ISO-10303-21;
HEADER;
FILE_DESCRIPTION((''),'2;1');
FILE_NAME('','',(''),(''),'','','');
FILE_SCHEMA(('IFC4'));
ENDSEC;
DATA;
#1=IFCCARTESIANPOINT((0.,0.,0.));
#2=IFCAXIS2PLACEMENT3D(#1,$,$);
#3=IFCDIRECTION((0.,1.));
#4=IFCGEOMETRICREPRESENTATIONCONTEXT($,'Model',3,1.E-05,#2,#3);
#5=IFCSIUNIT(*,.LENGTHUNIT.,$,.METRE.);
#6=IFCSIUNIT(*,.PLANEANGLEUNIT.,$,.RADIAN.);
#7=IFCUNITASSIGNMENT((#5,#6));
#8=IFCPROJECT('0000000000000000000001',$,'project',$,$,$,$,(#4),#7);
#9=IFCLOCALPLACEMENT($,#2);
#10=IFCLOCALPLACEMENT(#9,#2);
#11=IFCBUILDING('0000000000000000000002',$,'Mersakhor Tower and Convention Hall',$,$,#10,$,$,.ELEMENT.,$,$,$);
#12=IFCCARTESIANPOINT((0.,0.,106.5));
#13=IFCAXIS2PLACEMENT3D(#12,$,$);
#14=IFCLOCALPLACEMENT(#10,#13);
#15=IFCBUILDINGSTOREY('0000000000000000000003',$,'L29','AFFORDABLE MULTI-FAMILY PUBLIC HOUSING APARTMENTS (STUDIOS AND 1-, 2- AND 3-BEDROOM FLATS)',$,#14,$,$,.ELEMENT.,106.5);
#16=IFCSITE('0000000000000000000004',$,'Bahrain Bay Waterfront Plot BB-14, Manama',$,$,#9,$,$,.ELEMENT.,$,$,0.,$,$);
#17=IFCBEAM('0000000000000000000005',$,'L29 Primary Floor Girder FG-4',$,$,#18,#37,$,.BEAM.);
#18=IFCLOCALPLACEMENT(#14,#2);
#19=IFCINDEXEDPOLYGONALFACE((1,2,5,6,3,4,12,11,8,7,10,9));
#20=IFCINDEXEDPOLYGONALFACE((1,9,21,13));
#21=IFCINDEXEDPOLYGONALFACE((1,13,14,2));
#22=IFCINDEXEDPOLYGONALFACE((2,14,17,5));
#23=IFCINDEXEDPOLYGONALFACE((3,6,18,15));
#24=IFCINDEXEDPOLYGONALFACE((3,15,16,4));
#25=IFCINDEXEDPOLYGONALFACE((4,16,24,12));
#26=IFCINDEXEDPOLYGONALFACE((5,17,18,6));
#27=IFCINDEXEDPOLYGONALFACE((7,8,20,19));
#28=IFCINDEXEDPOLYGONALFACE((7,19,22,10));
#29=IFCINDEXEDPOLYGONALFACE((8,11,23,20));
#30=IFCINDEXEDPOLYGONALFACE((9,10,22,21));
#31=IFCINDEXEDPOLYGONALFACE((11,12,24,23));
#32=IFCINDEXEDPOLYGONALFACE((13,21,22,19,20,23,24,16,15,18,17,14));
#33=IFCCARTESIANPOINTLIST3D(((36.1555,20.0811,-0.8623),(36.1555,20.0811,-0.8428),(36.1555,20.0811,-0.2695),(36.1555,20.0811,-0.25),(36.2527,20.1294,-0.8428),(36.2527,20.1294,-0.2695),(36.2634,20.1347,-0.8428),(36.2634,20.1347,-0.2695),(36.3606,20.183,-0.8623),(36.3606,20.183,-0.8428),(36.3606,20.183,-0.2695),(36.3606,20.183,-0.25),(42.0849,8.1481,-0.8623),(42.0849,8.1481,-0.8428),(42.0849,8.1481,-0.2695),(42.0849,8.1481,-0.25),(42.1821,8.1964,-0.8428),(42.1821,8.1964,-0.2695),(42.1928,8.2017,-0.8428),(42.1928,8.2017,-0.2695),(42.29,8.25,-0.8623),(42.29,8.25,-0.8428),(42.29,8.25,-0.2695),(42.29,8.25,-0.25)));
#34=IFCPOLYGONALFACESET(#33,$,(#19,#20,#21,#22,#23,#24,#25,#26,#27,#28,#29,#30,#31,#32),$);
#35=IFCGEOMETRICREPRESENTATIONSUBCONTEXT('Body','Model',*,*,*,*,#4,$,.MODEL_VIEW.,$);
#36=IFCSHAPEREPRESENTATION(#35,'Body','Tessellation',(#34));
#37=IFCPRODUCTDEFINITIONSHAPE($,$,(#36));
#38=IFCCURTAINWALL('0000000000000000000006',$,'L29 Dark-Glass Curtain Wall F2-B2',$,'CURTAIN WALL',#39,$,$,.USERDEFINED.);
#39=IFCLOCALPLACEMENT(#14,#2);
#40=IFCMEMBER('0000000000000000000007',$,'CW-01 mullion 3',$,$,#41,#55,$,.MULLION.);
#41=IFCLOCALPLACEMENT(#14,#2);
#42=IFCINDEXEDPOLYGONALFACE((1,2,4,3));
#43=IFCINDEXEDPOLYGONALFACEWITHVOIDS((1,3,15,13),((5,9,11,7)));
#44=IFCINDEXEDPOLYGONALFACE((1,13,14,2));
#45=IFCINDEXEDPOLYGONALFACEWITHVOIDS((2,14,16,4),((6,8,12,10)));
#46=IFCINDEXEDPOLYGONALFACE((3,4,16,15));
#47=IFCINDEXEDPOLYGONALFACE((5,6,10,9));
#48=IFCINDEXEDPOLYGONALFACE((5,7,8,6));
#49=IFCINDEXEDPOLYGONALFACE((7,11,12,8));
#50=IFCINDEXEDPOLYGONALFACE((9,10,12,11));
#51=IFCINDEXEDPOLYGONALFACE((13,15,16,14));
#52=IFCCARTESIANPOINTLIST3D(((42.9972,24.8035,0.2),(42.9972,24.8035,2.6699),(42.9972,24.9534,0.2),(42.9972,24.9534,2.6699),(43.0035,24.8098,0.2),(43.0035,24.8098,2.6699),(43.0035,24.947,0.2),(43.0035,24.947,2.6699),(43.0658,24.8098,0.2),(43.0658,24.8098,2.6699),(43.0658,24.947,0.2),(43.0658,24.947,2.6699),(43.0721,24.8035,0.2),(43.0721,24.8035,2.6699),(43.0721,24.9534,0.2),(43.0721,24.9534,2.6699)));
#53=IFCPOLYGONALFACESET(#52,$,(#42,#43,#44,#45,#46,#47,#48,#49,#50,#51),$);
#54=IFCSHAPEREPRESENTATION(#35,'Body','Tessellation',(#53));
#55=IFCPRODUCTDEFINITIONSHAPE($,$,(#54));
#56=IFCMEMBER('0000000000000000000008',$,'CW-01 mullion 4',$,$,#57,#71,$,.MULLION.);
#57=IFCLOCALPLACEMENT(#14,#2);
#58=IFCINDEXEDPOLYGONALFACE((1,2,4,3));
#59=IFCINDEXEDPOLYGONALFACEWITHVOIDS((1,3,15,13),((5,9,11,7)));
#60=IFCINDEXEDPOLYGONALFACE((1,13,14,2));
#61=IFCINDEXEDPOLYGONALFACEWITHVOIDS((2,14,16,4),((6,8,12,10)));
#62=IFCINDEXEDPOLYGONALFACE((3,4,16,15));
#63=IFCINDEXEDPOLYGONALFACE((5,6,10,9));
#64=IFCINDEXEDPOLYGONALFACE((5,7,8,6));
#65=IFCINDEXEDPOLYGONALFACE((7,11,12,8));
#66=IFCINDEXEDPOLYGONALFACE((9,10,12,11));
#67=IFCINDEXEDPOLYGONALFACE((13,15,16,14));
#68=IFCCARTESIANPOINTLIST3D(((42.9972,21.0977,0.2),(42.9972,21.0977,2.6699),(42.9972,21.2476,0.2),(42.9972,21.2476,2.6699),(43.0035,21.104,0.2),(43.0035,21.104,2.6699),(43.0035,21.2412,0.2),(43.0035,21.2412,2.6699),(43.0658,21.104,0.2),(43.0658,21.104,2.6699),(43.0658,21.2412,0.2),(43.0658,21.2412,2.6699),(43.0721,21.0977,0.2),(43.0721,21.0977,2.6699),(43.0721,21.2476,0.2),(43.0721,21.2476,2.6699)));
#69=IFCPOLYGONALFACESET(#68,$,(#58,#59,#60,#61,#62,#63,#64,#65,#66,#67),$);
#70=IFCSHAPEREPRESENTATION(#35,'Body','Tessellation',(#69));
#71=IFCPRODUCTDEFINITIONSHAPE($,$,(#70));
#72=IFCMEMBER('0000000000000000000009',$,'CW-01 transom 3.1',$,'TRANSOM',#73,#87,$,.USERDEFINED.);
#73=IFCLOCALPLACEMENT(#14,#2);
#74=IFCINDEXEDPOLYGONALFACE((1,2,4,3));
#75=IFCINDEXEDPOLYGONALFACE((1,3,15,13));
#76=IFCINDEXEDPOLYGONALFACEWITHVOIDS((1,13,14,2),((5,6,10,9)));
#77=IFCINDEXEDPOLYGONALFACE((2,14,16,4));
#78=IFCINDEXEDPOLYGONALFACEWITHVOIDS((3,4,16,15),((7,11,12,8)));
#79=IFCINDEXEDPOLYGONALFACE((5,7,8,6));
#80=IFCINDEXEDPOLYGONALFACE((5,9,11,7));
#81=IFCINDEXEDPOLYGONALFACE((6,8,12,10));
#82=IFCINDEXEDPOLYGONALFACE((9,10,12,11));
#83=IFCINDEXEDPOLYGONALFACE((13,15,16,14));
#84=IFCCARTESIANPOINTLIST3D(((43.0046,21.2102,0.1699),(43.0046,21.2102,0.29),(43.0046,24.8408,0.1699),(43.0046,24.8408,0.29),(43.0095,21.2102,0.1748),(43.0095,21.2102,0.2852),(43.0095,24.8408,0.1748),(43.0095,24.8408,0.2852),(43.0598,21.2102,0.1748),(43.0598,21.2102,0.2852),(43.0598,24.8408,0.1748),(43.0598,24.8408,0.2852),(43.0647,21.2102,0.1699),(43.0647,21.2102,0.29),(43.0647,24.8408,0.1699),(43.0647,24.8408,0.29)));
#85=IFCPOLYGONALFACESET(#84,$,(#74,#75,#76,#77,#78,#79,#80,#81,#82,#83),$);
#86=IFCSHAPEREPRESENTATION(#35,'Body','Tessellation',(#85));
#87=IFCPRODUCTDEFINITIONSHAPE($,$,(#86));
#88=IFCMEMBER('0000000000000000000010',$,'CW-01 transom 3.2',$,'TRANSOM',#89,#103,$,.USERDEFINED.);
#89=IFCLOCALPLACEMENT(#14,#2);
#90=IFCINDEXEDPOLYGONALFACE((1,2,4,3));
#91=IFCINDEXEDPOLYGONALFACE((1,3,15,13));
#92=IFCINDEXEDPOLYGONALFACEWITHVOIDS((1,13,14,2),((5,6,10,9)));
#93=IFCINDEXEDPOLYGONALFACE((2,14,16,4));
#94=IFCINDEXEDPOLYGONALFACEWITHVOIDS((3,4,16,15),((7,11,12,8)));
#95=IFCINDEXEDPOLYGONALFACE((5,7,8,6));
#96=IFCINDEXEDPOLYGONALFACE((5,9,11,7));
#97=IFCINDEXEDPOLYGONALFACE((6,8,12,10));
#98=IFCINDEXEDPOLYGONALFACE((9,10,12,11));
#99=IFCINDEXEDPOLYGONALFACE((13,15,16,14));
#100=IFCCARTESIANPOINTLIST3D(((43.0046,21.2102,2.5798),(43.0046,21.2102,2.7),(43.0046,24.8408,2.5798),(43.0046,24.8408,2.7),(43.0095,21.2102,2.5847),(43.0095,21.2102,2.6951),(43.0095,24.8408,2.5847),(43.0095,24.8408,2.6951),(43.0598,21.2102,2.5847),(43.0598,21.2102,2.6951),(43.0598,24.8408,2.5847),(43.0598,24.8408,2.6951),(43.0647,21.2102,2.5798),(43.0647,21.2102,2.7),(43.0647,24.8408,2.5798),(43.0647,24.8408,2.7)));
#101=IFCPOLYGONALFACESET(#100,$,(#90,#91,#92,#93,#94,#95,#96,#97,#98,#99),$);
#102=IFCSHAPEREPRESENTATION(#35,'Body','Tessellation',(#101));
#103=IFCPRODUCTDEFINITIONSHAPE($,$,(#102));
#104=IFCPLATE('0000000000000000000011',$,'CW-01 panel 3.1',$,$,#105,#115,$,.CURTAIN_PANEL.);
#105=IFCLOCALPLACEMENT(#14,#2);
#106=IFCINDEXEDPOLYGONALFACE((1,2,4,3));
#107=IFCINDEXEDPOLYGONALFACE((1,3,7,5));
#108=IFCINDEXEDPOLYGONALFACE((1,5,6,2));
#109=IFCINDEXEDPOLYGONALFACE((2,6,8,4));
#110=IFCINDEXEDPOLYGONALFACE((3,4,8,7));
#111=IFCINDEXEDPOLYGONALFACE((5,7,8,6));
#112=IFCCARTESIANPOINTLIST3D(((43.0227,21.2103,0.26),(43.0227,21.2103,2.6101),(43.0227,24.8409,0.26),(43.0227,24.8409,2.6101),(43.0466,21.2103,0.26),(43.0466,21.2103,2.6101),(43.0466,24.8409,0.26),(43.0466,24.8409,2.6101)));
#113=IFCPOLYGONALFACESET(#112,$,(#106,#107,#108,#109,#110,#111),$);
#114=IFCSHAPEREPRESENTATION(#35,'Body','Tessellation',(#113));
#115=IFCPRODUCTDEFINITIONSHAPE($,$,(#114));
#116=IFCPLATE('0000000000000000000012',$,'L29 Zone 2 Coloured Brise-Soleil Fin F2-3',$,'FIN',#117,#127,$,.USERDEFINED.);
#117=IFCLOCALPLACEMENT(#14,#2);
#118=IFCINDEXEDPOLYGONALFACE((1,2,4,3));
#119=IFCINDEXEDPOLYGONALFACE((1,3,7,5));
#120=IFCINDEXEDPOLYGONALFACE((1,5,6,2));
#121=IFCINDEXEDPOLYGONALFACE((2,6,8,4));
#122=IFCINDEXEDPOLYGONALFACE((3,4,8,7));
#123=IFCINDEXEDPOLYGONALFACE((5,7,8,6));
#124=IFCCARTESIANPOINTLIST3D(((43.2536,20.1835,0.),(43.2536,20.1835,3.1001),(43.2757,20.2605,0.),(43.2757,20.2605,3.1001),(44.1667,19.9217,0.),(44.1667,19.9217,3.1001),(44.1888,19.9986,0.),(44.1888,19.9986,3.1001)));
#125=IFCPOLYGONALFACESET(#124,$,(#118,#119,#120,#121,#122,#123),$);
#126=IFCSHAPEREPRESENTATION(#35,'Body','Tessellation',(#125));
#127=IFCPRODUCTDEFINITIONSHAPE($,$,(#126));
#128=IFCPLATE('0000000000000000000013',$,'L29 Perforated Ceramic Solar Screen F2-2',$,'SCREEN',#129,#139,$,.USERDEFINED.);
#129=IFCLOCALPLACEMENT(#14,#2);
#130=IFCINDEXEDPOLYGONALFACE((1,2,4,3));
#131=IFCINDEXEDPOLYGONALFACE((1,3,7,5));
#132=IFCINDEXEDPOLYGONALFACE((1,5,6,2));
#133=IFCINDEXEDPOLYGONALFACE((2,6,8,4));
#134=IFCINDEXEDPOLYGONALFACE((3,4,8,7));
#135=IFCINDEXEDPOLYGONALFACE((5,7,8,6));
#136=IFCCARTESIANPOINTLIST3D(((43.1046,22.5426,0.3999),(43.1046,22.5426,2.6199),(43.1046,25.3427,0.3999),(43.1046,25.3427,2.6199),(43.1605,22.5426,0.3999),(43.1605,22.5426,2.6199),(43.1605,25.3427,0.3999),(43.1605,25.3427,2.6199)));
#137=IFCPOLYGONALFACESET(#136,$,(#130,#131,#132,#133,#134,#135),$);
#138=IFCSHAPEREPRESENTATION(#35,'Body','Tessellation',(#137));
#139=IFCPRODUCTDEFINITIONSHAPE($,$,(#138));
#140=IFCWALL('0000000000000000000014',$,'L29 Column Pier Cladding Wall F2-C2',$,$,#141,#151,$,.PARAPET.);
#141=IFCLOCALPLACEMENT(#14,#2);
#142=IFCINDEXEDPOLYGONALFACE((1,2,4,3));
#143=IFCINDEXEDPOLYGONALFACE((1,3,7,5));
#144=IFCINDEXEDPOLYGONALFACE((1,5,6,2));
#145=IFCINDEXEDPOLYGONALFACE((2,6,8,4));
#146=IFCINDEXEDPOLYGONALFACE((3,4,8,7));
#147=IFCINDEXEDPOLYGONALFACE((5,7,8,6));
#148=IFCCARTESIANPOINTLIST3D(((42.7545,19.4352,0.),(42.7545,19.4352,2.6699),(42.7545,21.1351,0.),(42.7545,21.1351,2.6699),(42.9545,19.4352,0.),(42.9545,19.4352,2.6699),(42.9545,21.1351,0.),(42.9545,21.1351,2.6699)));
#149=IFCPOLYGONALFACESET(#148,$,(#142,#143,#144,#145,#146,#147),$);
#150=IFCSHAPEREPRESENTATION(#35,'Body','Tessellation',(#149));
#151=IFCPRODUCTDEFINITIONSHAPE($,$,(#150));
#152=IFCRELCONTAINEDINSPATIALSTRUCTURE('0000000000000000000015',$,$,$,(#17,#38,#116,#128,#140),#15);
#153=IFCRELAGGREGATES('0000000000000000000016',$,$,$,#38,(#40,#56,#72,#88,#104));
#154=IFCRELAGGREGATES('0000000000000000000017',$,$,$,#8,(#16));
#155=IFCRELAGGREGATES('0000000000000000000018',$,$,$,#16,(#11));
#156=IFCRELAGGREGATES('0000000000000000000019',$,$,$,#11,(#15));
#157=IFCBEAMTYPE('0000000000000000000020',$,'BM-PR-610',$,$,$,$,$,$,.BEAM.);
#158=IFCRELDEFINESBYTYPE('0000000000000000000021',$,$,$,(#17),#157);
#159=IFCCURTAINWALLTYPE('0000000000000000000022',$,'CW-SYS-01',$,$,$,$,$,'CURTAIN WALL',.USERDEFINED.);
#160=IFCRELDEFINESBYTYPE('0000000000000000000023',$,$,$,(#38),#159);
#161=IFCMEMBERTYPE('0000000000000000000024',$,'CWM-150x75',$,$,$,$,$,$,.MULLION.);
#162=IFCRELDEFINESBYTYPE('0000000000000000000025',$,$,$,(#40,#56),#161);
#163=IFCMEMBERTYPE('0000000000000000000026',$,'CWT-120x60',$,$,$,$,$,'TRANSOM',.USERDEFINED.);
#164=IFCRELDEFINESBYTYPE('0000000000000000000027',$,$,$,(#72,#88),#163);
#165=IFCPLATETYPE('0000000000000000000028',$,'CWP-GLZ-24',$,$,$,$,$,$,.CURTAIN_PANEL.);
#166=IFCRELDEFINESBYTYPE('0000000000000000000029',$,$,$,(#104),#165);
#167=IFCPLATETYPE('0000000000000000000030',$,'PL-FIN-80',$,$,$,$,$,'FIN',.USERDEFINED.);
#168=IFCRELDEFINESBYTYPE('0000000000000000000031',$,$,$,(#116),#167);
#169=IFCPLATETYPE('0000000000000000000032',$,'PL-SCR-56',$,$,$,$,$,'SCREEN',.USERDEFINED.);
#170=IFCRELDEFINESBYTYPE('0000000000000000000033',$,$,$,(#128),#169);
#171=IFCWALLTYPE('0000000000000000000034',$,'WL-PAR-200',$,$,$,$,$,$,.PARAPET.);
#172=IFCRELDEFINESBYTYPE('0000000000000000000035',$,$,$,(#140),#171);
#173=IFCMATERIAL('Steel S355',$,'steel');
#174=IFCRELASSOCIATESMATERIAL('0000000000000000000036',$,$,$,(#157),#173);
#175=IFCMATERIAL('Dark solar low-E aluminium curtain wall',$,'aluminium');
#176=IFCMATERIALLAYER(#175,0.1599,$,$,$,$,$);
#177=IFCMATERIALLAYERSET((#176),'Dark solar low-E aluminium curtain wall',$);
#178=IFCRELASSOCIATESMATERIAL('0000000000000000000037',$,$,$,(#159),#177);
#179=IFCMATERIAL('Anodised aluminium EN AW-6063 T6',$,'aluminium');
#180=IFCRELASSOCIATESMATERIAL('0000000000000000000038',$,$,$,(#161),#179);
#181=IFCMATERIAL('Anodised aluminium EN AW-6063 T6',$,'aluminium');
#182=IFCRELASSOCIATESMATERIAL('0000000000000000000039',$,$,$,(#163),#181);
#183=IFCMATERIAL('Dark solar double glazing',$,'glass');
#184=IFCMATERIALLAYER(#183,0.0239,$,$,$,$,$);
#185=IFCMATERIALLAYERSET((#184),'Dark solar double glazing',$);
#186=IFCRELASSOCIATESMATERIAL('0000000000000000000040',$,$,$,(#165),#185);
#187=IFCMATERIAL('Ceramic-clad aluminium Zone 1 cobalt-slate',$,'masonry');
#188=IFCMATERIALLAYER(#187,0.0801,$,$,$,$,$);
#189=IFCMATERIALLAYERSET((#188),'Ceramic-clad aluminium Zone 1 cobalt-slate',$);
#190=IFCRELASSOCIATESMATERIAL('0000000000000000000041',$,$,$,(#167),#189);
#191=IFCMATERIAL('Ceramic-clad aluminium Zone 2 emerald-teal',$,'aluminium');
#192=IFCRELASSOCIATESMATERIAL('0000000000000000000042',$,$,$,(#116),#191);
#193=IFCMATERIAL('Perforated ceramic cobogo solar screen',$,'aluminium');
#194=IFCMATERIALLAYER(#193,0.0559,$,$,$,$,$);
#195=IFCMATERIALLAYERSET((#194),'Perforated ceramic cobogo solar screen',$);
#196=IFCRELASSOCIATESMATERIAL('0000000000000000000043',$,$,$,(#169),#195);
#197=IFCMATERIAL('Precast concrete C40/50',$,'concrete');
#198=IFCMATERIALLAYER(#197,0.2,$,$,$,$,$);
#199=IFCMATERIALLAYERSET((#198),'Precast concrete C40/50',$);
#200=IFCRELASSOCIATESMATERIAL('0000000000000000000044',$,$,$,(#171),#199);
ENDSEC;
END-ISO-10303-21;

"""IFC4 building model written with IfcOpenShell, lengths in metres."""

from ifc_helpers import new_model, si_unit, direction, frame, frame_2d, origin, origin_2d, place, context, subcontext, project, spatial, rectangle, hollow_rectangle, i_section, extrude, material, layer, layer_set, material_profile, profile_set, type_object, element, aggregate, save


model = new_model("IFC4")

# Units and contexts
model_context = context("Model", 3, precision=1e-05, world=origin(), true_north=direction((0.0, 1.0)))
body_context = subcontext(model_context, "Body", "Model", "MODEL_VIEW")
ifc_project = project(units=[si_unit("LENGTHUNIT", "METRE"), si_unit("PLANEANGLEUNIT", "RADIAN")], contexts=[model_context])

# Site, building, storey
site_placement = place(None, origin())
site = spatial("IfcSite", under=ifc_project, at=site_placement, Name="Bahrain Bay Waterfront Plot BB-14, Manama", CompositionType="ELEMENT", RefElevation=0.0)
building_placement = place(site_placement, origin())
building = spatial("IfcBuilding", under=site, at=building_placement, Name="Mersakhor Tower and Convention Hall", CompositionType="ELEMENT")
storey_placement = place(building_placement, frame((0.0, 0.0, 106.5)))
storey = spatial("IfcBuildingStorey", under=building, at=storey_placement, Name="L29", Description="AFFORDABLE MULTI-FAMILY PUBLIC HOUSING APARTMENTS (STUDIOS AND 1-, 2- AND 3-BEDROOM FLATS)", CompositionType="ELEMENT", Elevation=106.5)

# Beam
ifc_material_1 = material(Name="Steel S355", Category="steel")
ifc_material_profile_1 = material_profile(ifc_material_1, i_section(OverallWidth=0.229, OverallDepth=0.6123, WebThickness=0.012, FlangeThickness=0.0195, at=origin_2d()), Name="UB 610x229x125")
ifc_profile_set_1 = profile_set([ifc_material_profile_1], Name="Steel S355")
beam_type = type_object("IfcBeamType", Name="BM-PR-610", PredefinedType="BEAM", material=ifc_profile_set_1)
beam_placement = place(storey_placement, frame((36.2581, 20.1321, -0.5562), z_axis=(0.444984, -0.895538, 0.0), x_axis=(0.895538, 0.444984, 0.0)))
element("IfcBeam", 1, at=beam_placement, inside=storey, type_object=beam_type, Name="L29 Primary Floor Girder FG-4", PredefinedType="BEAM", context=body_context, shape_type="SweptSolid", body=[
    extrude(i_section(OverallWidth=0.229, OverallDepth=0.6123, WebThickness=0.012, FlangeThickness=0.0195, at=origin_2d()), origin(), (0.0, 0.0, 1.0), 13.325),
])

# Curtain wall, members, plate
ifc_material_2 = material(Name="Dark solar low-E aluminium curtain wall", Category="aluminium")
ifc_layer_1 = layer(ifc_material_2, 0.1599)
ifc_layer_set_1 = layer_set([ifc_layer_1], Name="Dark solar low-E aluminium curtain wall")
curtain_wall_type = type_object("IfcCurtainWallType", Name="CW-SYS-01", ElementType="CURTAIN WALL", PredefinedType="USERDEFINED", material=ifc_layer_set_1)
curtain_wall_placement = place(storey_placement, origin())
curtain_wall = element("IfcCurtainWall", 2, at=curtain_wall_placement, inside=storey, type_object=curtain_wall_type, Name="L29 Dark-Glass Curtain Wall F2-B2", ObjectType="CURTAIN WALL", PredefinedType="USERDEFINED")
ifc_material_3 = material(Name="Anodised aluminium EN AW-6063 T6", Category="aluminium")
ifc_material_profile_2 = material_profile(ifc_material_3, hollow_rectangle(XDim=0.075, YDim=0.1499, WallThickness=0.0063, at=origin_2d()), Name="RHS 150x75x6.3")
ifc_profile_set_2 = profile_set([ifc_material_profile_2], Name="Anodised aluminium EN AW-6063 T6")
member_type_1 = type_object("IfcMemberType", Name="CWM-150x75", PredefinedType="MULLION", material=ifc_profile_set_2)
member_1_placement = place(storey_placement, frame((43.0347, 24.8784, 0.2), z_axis=(0.0, 0.0, 1.0), x_axis=(1.0, 0.0, 0.0)))
member_1 = element("IfcMember", 3, at=member_1_placement, type_object=member_type_1, Name="CW-01 mullion 3", PredefinedType="MULLION", context=body_context, shape_type="SweptSolid", body=[
    extrude(hollow_rectangle(XDim=0.075, YDim=0.1499, WallThickness=0.0063, at=origin_2d()), origin(), (0.0, 0.0, 1.0), 2.47),
])
member_2_placement = place(storey_placement, frame((43.0347, 21.1726, 0.2), z_axis=(0.0, 0.0, 1.0), x_axis=(1.0, 0.0, 0.0)))
member_2 = element("IfcMember", 4, at=member_2_placement, type_object=member_type_1, Name="CW-01 mullion 4", PredefinedType="MULLION", context=body_context, shape_type="SweptSolid", body=[
    extrude(hollow_rectangle(XDim=0.075, YDim=0.1499, WallThickness=0.0063, at=origin_2d()), origin(), (0.0, 0.0, 1.0), 2.47),
])
ifc_material_4 = material(Name="Anodised aluminium EN AW-6063 T6", Category="aluminium")
ifc_material_profile_3 = material_profile(ifc_material_4, hollow_rectangle(XDim=0.0601, YDim=0.1201, WallThickness=0.0049, at=origin_2d()), Name="RHS 120x60x5")
ifc_profile_set_3 = profile_set([ifc_material_profile_3], Name="Anodised aluminium EN AW-6063 T6")
member_type_2 = type_object("IfcMemberType", Name="CWT-120x60", ElementType="TRANSOM", PredefinedType="USERDEFINED", material=ifc_profile_set_3)
member_3_placement = place(storey_placement, frame((43.0347, 24.8408, 0.23), z_axis=(0.0, -1.0, 0.0), x_axis=(1.0, 0.0, 0.0)))
member_3 = element("IfcMember", 5, at=member_3_placement, type_object=member_type_2, Name="CW-01 transom 3.1", ObjectType="TRANSOM", PredefinedType="USERDEFINED", context=body_context, shape_type="SweptSolid", body=[
    extrude(hollow_rectangle(XDim=0.0601, YDim=0.1201, WallThickness=0.0049, at=origin_2d()), origin(), (0.0, 0.0, 1.0), 3.6306),
])
member_4_placement = place(storey_placement, frame((43.0347, 24.8408, 2.6399), z_axis=(0.0, -1.0, 0.0), x_axis=(1.0, 0.0, 0.0)))
member_4 = element("IfcMember", 6, at=member_4_placement, type_object=member_type_2, Name="CW-01 transom 3.2", ObjectType="TRANSOM", PredefinedType="USERDEFINED", context=body_context, shape_type="SweptSolid", body=[
    extrude(hollow_rectangle(XDim=0.0601, YDim=0.1201, WallThickness=0.0049, at=origin_2d()), origin(), (0.0, 0.0, 1.0), 3.6306),
])
ifc_material_5 = material(Name="Dark solar double glazing", Category="glass")
ifc_layer_2 = layer(ifc_material_5, 0.0239)
ifc_layer_set_2 = layer_set([ifc_layer_2], Name="Dark solar double glazing")
plate_type_1 = type_object("IfcPlateType", Name="CWP-GLZ-24", PredefinedType="CURTAIN_PANEL", material=ifc_layer_set_2)
plate_1_placement = place(storey_placement, frame((43.0347, 23.0256, 0.26), z_axis=(0.0, 0.0, 1.0), x_axis=(0.0, -1.0, 0.0)))
plate_1 = element("IfcPlate", 7, at=plate_1_placement, type_object=plate_type_1, Name="CW-01 panel 3.1", PredefinedType="CURTAIN_PANEL", context=body_context, shape_type="SweptSolid", body=[
    extrude(rectangle(XDim=3.6306, YDim=0.0239, at=origin_2d()), origin(), (0.0, 0.0, 1.0), 2.3501),
])
aggregate(curtain_wall, [member_1, member_2, member_3, member_4, plate_1])

# Plates
ifc_material_6 = material(Name="Ceramic-clad aluminium Zone 2 emerald-teal", Category="aluminium")
ifc_material_7 = material(Name="Ceramic-clad aluminium Zone 1 cobalt-slate", Category="masonry")
ifc_layer_3 = layer(ifc_material_7, 0.0801)
ifc_layer_set_3 = layer_set([ifc_layer_3], Name="Ceramic-clad aluminium Zone 1 cobalt-slate")
plate_type_2 = type_object("IfcPlateType", Name="PL-FIN-80", ElementType="FIN", PredefinedType="USERDEFINED", material=ifc_layer_set_3)
plate_2_placement = place(storey_placement, frame((43.7212, 20.0911, 0.0), z_axis=(0.0, 0.0, 1.0), x_axis=(0.961262, -0.275637, 0.0)))
element("IfcPlate", 8, at=plate_2_placement, inside=storey, type_object=plate_type_2, material=ifc_material_6, Name="L29 Zone 2 Coloured Brise-Soleil Fin F2-3", ObjectType="FIN", PredefinedType="USERDEFINED", context=body_context, shape_type="SweptSolid", body=[
    extrude(rectangle(XDim=0.95, YDim=0.0801, at=origin_2d()), origin(), (0.0, 0.0, 1.0), 3.1001),
])
ifc_material_8 = material(Name="Perforated ceramic cobogo solar screen", Category="aluminium")
ifc_layer_4 = layer(ifc_material_8, 0.0559)
ifc_layer_set_4 = layer_set([ifc_layer_4], Name="Perforated ceramic cobogo solar screen")
plate_type_3 = type_object("IfcPlateType", Name="PL-SCR-56", ElementType="SCREEN", PredefinedType="USERDEFINED", material=ifc_layer_set_4)
plate_3_placement = place(storey_placement, frame((43.1326, 23.9426, 0.3999), z_axis=(0.0, 0.0, 1.0), x_axis=(0.0, -1.0, 0.0)))
element("IfcPlate", 9, at=plate_3_placement, inside=storey, type_object=plate_type_3, Name="L29 Perforated Ceramic Solar Screen F2-2", ObjectType="SCREEN", PredefinedType="USERDEFINED", context=body_context, shape_type="SweptSolid", body=[
    extrude(rectangle(XDim=2.8, YDim=0.0559, at=origin_2d()), origin(), (0.0, 0.0, 1.0), 2.22),
])

# Wall
ifc_material_9 = material(Name="Precast concrete C40/50", Category="concrete")
ifc_layer_5 = layer(ifc_material_9, 0.2)
ifc_layer_set_5 = layer_set([ifc_layer_5], Name="Precast concrete C40/50")
wall_type_1 = type_object("IfcWallType", Name="WL-PAR-200", PredefinedType="PARAPET", material=ifc_layer_set_5)
wall_1_placement = place(storey_placement, frame((42.8545, 21.1353, 0.0), z_axis=(0.0, 0.0, 1.0), x_axis=(0.0, -1.0, 0.0)))
element("IfcWall", 10, at=wall_1_placement, inside=storey, type_object=wall_type_1, Name="L29 Column Pier Cladding Wall F2-C2", PredefinedType="PARAPET", context=body_context, shape_type="SweptSolid", body=[
    extrude(rectangle(XDim=1.7, YDim=0.2, at=frame_2d((0.8501, 0.0))), origin(), (0.0, 0.0, 1.0), 2.6699),
])

save(model, "model.ifc")
